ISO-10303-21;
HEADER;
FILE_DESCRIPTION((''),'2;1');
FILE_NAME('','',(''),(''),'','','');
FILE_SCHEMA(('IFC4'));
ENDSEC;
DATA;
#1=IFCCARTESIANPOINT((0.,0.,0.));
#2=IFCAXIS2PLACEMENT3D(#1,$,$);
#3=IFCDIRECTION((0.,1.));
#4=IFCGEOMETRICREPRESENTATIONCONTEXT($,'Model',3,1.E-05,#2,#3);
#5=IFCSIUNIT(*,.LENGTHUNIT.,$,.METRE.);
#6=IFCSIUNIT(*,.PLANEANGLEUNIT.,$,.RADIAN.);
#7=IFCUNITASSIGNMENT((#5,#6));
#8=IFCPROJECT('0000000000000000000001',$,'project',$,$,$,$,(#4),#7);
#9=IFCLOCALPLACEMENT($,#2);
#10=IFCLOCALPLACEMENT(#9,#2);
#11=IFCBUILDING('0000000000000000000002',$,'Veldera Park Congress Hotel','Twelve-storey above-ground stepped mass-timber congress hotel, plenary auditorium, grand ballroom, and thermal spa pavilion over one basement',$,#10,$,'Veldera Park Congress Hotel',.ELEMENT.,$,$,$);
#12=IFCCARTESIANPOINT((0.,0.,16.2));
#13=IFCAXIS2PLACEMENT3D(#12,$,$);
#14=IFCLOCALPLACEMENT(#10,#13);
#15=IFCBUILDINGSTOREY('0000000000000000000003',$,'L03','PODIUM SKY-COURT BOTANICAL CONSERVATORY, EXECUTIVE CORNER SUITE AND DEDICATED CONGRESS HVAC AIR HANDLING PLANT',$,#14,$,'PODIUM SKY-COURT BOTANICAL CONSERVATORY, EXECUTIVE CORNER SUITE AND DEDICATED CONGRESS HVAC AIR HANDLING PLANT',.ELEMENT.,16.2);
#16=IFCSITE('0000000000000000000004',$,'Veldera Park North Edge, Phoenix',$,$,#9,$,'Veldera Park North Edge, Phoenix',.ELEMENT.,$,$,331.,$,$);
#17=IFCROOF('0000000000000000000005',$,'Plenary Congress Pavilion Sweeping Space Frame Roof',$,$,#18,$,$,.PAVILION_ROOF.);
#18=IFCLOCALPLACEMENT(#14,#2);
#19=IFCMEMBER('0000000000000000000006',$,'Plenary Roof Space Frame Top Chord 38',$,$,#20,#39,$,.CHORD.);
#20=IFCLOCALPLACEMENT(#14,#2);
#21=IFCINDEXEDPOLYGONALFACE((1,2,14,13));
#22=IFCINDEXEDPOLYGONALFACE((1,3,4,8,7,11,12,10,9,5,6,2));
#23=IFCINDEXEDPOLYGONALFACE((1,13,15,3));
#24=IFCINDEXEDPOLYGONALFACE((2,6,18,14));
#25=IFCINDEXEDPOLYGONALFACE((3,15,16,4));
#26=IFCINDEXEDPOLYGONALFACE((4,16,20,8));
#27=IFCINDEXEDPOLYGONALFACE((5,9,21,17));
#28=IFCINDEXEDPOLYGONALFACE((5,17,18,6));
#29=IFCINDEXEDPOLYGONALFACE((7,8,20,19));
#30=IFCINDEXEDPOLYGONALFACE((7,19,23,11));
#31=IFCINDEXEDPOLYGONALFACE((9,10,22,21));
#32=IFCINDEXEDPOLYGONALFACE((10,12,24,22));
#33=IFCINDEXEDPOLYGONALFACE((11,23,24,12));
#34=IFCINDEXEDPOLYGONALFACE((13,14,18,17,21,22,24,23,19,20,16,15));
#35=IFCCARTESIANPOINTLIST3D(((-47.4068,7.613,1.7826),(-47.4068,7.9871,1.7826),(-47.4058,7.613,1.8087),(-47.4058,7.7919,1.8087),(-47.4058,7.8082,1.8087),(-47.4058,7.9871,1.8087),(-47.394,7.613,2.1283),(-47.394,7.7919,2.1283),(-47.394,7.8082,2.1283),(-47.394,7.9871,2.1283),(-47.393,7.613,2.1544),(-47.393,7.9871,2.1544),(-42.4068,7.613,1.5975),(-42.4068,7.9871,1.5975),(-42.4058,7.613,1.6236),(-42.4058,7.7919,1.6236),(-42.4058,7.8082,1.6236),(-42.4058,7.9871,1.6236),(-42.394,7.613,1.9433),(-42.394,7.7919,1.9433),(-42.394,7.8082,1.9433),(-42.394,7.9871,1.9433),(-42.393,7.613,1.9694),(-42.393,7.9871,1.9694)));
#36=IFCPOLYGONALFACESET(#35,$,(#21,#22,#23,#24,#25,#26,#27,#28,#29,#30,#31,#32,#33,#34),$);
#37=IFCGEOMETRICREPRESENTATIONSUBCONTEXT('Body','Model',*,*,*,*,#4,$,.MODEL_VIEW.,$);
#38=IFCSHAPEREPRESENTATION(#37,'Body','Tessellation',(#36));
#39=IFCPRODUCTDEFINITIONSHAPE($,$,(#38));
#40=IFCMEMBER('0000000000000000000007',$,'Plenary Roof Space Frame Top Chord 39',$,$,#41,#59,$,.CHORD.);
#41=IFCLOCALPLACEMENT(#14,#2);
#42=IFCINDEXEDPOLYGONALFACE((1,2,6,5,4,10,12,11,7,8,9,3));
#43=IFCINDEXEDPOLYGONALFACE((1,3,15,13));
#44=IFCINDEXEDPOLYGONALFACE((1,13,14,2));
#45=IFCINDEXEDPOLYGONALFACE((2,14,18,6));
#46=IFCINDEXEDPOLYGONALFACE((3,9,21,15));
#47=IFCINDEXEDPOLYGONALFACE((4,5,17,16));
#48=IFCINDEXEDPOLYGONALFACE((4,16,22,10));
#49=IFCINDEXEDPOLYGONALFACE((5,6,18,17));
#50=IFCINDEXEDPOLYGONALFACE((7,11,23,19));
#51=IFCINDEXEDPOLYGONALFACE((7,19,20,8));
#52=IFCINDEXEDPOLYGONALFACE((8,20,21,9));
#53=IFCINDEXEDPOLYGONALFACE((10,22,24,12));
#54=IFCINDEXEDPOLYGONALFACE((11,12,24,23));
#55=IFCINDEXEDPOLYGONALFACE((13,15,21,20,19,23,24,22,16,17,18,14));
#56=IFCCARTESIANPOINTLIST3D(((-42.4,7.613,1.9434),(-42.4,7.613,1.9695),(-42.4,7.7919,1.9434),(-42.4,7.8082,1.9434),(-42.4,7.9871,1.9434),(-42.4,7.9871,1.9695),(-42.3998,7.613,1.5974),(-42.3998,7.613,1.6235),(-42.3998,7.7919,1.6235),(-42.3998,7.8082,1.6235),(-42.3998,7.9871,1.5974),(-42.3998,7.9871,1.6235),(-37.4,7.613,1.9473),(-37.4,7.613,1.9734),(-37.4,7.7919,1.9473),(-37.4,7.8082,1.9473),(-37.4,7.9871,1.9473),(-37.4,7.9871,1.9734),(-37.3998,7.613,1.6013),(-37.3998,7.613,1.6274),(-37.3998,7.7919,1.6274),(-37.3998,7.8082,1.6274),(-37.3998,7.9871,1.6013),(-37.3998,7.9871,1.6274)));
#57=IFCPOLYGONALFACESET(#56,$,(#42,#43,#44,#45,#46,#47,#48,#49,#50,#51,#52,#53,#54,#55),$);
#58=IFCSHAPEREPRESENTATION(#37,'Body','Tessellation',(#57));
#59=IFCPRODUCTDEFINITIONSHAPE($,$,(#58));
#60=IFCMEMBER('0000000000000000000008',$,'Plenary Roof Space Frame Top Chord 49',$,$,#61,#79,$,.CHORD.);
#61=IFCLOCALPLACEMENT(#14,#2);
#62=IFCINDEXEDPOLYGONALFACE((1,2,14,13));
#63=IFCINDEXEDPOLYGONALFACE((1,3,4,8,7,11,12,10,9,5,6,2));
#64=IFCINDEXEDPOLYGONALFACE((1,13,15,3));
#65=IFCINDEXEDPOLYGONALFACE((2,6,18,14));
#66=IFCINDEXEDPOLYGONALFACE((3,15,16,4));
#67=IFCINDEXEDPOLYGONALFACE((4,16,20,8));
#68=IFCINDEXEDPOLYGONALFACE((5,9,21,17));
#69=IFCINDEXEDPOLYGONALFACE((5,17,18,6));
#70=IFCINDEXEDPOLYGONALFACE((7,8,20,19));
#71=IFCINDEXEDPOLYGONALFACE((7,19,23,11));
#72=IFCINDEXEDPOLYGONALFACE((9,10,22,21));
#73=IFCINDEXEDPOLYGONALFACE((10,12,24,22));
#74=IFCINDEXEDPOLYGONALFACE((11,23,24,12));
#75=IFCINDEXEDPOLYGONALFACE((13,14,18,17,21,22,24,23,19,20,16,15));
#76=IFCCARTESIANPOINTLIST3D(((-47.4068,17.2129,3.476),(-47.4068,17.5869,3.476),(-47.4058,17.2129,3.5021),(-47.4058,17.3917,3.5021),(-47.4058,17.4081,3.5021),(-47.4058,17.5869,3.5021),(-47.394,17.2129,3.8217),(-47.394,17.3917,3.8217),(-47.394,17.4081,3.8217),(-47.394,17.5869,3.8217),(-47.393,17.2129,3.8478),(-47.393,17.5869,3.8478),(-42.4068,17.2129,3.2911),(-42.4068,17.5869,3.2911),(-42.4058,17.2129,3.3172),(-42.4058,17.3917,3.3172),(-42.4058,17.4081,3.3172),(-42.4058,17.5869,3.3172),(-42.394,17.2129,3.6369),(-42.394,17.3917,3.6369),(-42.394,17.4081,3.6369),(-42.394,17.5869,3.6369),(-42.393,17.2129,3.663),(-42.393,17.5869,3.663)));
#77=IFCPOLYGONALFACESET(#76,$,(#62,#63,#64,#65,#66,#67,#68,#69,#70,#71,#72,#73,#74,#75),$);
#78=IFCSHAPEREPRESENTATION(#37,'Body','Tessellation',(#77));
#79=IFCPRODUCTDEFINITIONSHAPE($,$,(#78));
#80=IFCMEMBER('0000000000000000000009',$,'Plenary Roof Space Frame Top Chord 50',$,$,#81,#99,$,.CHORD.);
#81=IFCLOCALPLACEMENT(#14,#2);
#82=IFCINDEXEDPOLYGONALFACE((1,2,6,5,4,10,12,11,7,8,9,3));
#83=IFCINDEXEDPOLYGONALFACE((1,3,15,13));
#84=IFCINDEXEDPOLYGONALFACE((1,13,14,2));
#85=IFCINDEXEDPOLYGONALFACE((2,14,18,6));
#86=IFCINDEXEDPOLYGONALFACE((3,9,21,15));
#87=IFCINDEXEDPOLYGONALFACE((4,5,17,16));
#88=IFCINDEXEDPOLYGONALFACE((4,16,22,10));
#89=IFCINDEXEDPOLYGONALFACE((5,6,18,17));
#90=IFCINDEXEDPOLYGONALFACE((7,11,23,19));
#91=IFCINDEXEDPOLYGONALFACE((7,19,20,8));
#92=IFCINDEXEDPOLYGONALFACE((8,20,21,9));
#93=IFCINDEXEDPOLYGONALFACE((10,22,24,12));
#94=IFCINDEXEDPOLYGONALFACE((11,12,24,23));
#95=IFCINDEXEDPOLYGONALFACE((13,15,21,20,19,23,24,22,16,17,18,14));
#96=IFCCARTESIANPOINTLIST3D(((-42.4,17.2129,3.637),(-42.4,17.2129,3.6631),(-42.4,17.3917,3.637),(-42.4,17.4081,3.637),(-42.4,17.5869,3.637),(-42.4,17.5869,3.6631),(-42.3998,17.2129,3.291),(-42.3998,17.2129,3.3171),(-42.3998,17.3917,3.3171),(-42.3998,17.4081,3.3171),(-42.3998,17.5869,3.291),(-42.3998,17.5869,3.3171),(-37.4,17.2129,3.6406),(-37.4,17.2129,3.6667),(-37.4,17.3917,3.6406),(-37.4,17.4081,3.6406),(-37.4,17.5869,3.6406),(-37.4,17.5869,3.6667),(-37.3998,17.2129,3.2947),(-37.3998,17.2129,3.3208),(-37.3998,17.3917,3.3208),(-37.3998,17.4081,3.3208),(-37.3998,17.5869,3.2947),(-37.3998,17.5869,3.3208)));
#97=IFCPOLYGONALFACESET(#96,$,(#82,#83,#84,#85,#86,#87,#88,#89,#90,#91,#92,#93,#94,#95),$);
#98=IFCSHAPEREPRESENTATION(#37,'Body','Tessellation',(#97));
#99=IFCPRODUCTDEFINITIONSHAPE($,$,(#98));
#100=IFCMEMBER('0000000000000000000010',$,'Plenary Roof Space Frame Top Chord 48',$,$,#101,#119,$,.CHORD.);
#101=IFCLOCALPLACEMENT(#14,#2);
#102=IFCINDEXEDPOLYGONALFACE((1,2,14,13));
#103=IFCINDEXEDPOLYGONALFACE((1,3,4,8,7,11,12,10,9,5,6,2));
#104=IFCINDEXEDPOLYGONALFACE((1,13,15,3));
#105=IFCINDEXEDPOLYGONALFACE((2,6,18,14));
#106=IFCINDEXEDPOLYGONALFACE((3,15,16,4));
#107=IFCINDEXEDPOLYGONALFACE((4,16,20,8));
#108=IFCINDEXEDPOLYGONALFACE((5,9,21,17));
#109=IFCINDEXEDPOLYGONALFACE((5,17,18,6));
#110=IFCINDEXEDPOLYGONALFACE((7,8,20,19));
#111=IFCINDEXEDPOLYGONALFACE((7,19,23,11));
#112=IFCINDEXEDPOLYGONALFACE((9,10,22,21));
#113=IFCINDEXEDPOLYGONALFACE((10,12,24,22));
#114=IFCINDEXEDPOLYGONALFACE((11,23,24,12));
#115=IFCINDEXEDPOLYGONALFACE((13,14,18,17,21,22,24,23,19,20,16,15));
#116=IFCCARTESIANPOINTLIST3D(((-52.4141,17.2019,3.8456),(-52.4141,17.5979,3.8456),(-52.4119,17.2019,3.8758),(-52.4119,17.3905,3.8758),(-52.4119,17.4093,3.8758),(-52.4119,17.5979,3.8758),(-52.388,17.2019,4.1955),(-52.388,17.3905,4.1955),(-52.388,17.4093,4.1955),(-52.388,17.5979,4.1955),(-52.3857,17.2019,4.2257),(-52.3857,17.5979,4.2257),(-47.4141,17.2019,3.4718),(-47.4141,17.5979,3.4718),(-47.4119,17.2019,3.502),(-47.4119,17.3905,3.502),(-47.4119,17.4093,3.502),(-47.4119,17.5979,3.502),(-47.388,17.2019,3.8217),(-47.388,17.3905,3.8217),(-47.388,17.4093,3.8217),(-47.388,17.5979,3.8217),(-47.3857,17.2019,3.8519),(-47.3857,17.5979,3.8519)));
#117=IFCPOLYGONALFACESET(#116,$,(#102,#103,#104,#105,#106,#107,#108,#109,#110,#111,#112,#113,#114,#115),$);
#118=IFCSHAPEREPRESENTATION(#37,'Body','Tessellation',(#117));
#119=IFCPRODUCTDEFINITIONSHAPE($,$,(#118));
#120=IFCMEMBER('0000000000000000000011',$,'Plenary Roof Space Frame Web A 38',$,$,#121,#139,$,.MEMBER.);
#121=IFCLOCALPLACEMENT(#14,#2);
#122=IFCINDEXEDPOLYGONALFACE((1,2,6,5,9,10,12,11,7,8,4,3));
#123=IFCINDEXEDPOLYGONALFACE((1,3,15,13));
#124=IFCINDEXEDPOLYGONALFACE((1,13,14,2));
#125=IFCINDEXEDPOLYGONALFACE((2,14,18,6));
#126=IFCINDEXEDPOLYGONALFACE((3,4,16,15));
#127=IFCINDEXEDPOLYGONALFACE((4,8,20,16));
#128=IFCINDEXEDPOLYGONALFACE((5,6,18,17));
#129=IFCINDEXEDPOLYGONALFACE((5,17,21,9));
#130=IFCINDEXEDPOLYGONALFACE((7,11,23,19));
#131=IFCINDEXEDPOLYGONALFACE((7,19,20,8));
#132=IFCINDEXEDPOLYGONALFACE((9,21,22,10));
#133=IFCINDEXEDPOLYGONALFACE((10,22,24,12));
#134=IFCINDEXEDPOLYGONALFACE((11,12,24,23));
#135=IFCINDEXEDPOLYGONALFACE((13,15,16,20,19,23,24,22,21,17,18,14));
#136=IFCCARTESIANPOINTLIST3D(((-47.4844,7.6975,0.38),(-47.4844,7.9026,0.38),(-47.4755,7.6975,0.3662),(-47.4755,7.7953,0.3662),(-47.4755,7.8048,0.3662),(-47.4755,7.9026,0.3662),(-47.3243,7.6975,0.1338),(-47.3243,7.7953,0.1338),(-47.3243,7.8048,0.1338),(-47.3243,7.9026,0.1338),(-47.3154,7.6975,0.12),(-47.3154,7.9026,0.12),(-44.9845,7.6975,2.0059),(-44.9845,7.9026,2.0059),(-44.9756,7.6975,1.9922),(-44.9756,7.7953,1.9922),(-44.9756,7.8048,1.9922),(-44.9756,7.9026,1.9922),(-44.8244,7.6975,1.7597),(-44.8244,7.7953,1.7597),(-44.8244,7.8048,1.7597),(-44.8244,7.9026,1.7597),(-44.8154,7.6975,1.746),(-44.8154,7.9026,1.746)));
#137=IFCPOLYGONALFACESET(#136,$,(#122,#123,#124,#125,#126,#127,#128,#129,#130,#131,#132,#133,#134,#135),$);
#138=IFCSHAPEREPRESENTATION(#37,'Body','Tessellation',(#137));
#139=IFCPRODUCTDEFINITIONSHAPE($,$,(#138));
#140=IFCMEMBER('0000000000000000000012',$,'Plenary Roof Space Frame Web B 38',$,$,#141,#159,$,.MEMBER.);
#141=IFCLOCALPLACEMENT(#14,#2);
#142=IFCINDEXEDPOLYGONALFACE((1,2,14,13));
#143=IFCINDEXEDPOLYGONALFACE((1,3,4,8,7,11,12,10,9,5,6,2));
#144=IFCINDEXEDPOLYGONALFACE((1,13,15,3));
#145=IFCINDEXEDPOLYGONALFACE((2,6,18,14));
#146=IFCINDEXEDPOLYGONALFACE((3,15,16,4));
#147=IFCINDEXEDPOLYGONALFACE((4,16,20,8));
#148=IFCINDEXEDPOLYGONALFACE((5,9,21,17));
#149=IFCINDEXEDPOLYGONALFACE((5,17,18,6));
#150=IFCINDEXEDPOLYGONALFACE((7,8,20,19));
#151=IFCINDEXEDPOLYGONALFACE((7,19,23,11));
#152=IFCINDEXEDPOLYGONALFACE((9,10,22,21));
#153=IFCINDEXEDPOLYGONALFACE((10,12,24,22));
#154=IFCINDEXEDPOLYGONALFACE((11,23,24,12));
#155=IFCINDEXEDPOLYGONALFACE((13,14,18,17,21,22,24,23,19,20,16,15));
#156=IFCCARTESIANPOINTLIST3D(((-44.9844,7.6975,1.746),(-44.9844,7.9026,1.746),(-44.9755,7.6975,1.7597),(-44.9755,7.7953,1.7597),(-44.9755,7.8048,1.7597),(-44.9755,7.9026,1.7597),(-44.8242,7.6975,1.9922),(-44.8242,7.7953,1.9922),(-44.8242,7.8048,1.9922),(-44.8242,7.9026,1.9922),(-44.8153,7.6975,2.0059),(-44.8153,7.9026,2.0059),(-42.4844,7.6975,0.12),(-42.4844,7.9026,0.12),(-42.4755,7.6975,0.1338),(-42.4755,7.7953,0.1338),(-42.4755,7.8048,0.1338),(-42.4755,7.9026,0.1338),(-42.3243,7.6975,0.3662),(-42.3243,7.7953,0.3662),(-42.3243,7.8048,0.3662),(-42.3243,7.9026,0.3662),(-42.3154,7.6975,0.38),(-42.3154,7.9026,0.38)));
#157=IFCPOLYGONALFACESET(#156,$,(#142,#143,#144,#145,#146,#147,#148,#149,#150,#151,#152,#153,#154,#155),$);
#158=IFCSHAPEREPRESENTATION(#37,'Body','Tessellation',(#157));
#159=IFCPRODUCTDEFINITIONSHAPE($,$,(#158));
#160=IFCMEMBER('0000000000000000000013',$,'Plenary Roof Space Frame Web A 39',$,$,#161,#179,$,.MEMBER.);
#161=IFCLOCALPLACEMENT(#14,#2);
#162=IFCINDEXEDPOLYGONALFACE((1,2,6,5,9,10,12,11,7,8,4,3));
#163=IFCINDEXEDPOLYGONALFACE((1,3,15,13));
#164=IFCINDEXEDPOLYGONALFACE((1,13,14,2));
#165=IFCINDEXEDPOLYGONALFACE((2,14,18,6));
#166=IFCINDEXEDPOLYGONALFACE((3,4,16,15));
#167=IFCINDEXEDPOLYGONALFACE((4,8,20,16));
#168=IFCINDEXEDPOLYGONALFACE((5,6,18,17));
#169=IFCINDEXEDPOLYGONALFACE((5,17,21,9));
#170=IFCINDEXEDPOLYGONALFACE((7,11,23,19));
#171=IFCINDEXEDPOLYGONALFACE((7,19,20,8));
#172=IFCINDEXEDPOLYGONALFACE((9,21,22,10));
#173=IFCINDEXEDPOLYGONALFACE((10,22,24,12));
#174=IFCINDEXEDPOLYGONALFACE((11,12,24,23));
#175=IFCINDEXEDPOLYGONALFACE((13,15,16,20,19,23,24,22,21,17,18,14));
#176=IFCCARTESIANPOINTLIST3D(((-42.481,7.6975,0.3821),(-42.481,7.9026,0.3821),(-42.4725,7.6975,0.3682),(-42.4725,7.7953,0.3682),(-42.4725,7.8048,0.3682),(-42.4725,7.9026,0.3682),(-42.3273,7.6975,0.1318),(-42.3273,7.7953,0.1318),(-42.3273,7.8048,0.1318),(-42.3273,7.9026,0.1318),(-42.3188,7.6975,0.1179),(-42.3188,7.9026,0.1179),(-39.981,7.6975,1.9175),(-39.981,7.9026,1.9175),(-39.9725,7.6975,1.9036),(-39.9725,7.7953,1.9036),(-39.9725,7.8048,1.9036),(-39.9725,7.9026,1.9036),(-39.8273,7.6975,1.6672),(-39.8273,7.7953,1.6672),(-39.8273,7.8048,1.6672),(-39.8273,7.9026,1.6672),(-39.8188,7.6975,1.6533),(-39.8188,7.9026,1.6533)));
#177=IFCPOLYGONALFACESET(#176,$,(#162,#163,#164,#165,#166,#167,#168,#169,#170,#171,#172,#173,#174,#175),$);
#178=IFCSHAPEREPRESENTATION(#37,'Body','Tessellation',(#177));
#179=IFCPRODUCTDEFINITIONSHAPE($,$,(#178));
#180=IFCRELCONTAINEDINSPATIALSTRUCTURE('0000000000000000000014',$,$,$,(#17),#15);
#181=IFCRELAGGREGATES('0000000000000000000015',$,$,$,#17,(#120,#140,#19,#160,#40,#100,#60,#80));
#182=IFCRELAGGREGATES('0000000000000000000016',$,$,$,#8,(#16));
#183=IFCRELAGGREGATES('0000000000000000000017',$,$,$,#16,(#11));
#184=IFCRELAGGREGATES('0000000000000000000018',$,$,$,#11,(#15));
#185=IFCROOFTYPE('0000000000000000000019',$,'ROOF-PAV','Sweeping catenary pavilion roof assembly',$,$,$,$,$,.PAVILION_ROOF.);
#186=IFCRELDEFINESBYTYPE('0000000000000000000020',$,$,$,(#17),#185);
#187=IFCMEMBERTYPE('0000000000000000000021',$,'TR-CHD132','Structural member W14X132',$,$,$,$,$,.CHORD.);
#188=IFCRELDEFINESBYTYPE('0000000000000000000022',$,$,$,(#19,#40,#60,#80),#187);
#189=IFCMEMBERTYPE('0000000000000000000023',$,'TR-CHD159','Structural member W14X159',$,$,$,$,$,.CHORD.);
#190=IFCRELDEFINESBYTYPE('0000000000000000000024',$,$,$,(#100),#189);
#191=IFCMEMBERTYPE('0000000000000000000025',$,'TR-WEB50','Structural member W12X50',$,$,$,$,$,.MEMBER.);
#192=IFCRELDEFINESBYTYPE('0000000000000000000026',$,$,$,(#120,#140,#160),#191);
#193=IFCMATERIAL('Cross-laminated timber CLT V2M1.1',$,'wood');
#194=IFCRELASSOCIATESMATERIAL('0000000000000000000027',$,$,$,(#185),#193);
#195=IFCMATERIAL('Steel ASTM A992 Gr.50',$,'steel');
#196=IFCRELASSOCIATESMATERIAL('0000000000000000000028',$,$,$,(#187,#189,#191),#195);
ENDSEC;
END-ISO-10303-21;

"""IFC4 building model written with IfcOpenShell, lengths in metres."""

from ifc_helpers import new_model, si_unit, direction, frame, origin, origin_2d, place, context, subcontext, project, spatial, i_section, extrude, material, material_profile, profile_set, type_object, element, aggregate, save


model = new_model("IFC4")

# Units and contexts
model_context = context("Model", 3, precision=1e-05, world=origin(), true_north=direction((0.0, 1.0)))
body_context = subcontext(model_context, "Body", "Model", "MODEL_VIEW")
ifc_project = project(units=[si_unit("LENGTHUNIT", "METRE"), si_unit("PLANEANGLEUNIT", "RADIAN")], contexts=[model_context])

# Site, building, storey
site_placement = place(None, origin())
site = spatial("IfcSite", under=ifc_project, at=site_placement, Name="Veldera Park North Edge, Phoenix", LongName="Veldera Park North Edge, Phoenix", CompositionType="ELEMENT", RefElevation=331.0)
building_placement = place(site_placement, origin())
building = spatial("IfcBuilding", under=site, at=building_placement, Name="Veldera Park Congress Hotel", Description="Twelve-storey above-ground stepped mass-timber congress hotel, plenary auditorium, grand ballroom, and thermal spa pavilion over one basement", LongName="Veldera Park Congress Hotel", CompositionType="ELEMENT")
storey_placement = place(building_placement, frame((0.0, 0.0, 16.2)))
storey = spatial("IfcBuildingStorey", under=building, at=storey_placement, Name="L03", Description="PODIUM SKY-COURT BOTANICAL CONSERVATORY, EXECUTIVE CORNER SUITE AND DEDICATED CONGRESS HVAC AIR HANDLING PLANT", LongName="PODIUM SKY-COURT BOTANICAL CONSERVATORY, EXECUTIVE CORNER SUITE AND DEDICATED CONGRESS HVAC AIR HANDLING PLANT", CompositionType="ELEMENT", Elevation=16.2)

# Roof, members
ifc_material_1 = material(Name="Cross-laminated timber CLT V2M1.1", Category="wood")
roof_type = type_object("IfcRoofType", Name="ROOF-PAV", Description="Sweeping catenary pavilion roof assembly", PredefinedType="PAVILION_ROOF", material=ifc_material_1)
roof_placement = place(storey_placement, origin())
roof = element("IfcRoof", 1, at=roof_placement, inside=storey, type_object=roof_type, Name="Plenary Congress Pavilion Sweeping Space Frame Roof", PredefinedType="PAVILION_ROOF")
ifc_material_2 = material(Name="Steel ASTM A992 Gr.50", Category="steel")
ifc_material_profile_1 = material_profile(ifc_material_2, i_section(OverallWidth=0.374, OverallDepth=0.3721, WebThickness=0.0164, FlangeThickness=0.0261, at=origin_2d()), Name="W14X132")
ifc_profile_set_1 = profile_set([ifc_material_profile_1], Name="Steel ASTM A992 Gr.50")
member_type_1 = type_object("IfcMemberType", Name="TR-CHD132", Description="Structural member W14X132", PredefinedType="CHORD", material=ifc_profile_set_1)
member_1_placement = place(storey_placement, frame((-47.3999, 7.8, 1.9685), z_axis=(0.999316, 0.0, -0.036986), x_axis=(0.0, 1.0, 0.0)))
member_1 = element("IfcMember", 2, at=member_1_placement, type_object=member_type_1, Name="Plenary Roof Space Frame Top Chord 38", PredefinedType="CHORD", context=body_context, shape_type="SweptSolid", body=[
    extrude(i_section(OverallWidth=0.374, OverallDepth=0.3721, WebThickness=0.0164, FlangeThickness=0.0261, at=origin_2d()), origin(), (0.0, 0.0, 1.0), 5.0034),
])
member_2_placement = place(storey_placement, frame((-42.3999, 7.8, 1.7834), z_axis=(1.0, 0.0, 0.000781), x_axis=(0.0, 1.0, 0.0)))
member_2 = element("IfcMember", 3, at=member_2_placement, type_object=member_type_1, Name="Plenary Roof Space Frame Top Chord 39", PredefinedType="CHORD", context=body_context, shape_type="SweptSolid", body=[
    extrude(i_section(OverallWidth=0.374, OverallDepth=0.3721, WebThickness=0.0164, FlangeThickness=0.0261, at=origin_2d()), origin(), (0.0, 0.0, 1.0), 5.0),
])
member_3_placement = place(storey_placement, frame((-47.3999, 17.3999, 3.6619), z_axis=(0.999318, 0.0, -0.036938), x_axis=(0.0, 1.0, 0.0)))
member_3 = element("IfcMember", 4, at=member_3_placement, type_object=member_type_1, Name="Plenary Roof Space Frame Top Chord 49", PredefinedType="CHORD", context=body_context, shape_type="SweptSolid", body=[
    extrude(i_section(OverallWidth=0.374, OverallDepth=0.3721, WebThickness=0.0164, FlangeThickness=0.0261, at=origin_2d()), origin(), (0.0, 0.0, 1.0), 5.0034),
])
member_4_placement = place(storey_placement, frame((-42.3999, 17.3999, 3.4771), z_axis=(1.0, 0.0, 0.000732), x_axis=(0.0, 1.0, 0.0)))
member_4 = element("IfcMember", 5, at=member_4_placement, type_object=member_type_1, Name="Plenary Roof Space Frame Top Chord 50", PredefinedType="CHORD", context=body_context, shape_type="SweptSolid", body=[
    extrude(i_section(OverallWidth=0.374, OverallDepth=0.3721, WebThickness=0.0164, FlangeThickness=0.0261, at=origin_2d()), origin(), (0.0, 0.0, 1.0), 5.0),
])
ifc_material_profile_2 = material_profile(ifc_material_2, i_section(OverallWidth=0.396, OverallDepth=0.3811, WebThickness=0.0188, FlangeThickness=0.0303, at=origin_2d()), Name="W14X159")
ifc_profile_set_2 = profile_set([ifc_material_profile_2], Name="Steel ASTM A992 Gr.50")
member_type_2 = type_object("IfcMemberType", Name="TR-CHD159", Description="Structural member W14X159", PredefinedType="CHORD", material=ifc_profile_set_2)
member_5_placement = place(storey_placement, frame((-52.3999, 17.3999, 4.0356), z_axis=(0.997217, 0.0, -0.074548), x_axis=(0.0, 1.0, 0.0)))
member_5 = element("IfcMember", 6, at=member_5_placement, type_object=member_type_2, Name="Plenary Roof Space Frame Top Chord 48", PredefinedType="CHORD", context=body_context, shape_type="SweptSolid", body=[
    extrude(i_section(OverallWidth=0.396, OverallDepth=0.3811, WebThickness=0.0188, FlangeThickness=0.0303, at=origin_2d()), origin(), (0.0, 0.0, 1.0), 5.0139),
])
ifc_material_profile_3 = material_profile(ifc_material_2, i_section(OverallWidth=0.2051, OverallDepth=0.3101, WebThickness=0.0095, FlangeThickness=0.0164, at=origin_2d()), Name="W12X50")
ifc_profile_set_3 = profile_set([ifc_material_profile_3], Name="Steel ASTM A992 Gr.50")
member_type_3 = type_object("IfcMemberType", Name="TR-WEB50", Description="Structural member W12X50", PredefinedType="MEMBER", material=ifc_profile_set_3)
member_6_placement = place(storey_placement, frame((-47.3999, 7.8, 0.25), z_axis=(0.838294, 0.0, 0.545219), x_axis=(0.0, 1.0, 0.0)))
member_6 = element("IfcMember", 7, at=member_6_placement, type_object=member_type_3, Name="Plenary Roof Space Frame Web A 38", PredefinedType="MEMBER", context=body_context, shape_type="SweptSolid", body=[
    extrude(i_section(OverallWidth=0.2051, OverallDepth=0.3101, WebThickness=0.0095, FlangeThickness=0.0164, at=origin_2d()), origin(), (0.0, 0.0, 1.0), 2.9822),
])
member_7_placement = place(storey_placement, frame((-42.3999, 7.8, 0.25), z_axis=(-0.838294, 0.0, 0.545219), x_axis=(0.0, -1.0, 0.0)))
member_7 = element("IfcMember", 8, at=member_7_placement, type_object=member_type_3, Name="Plenary Roof Space Frame Web B 38", PredefinedType="MEMBER", context=body_context, shape_type="SweptSolid", body=[
    extrude(i_section(OverallWidth=0.2051, OverallDepth=0.3101, WebThickness=0.0095, FlangeThickness=0.0164, at=origin_2d()), origin(), (0.0, 0.0, 1.0), 2.9822),
])
member_8_placement = place(storey_placement, frame((-42.3999, 7.8, 0.25), z_axis=(0.852124, 0.0, 0.52334), x_axis=(0.0, 1.0, 0.0)))
member_8 = element("IfcMember", 9, at=member_8_placement, type_object=member_type_3, Name="Plenary Roof Space Frame Web A 39", PredefinedType="MEMBER", context=body_context, shape_type="SweptSolid", body=[
    extrude(i_section(OverallWidth=0.2051, OverallDepth=0.3101, WebThickness=0.0095, FlangeThickness=0.0164, at=origin_2d()), origin(), (0.0, 0.0, 1.0), 2.9338),
])
aggregate(roof, [member_6, member_7, member_1, member_8, member_2, member_5, member_3, member_4])

save(model, "model.ifc")
